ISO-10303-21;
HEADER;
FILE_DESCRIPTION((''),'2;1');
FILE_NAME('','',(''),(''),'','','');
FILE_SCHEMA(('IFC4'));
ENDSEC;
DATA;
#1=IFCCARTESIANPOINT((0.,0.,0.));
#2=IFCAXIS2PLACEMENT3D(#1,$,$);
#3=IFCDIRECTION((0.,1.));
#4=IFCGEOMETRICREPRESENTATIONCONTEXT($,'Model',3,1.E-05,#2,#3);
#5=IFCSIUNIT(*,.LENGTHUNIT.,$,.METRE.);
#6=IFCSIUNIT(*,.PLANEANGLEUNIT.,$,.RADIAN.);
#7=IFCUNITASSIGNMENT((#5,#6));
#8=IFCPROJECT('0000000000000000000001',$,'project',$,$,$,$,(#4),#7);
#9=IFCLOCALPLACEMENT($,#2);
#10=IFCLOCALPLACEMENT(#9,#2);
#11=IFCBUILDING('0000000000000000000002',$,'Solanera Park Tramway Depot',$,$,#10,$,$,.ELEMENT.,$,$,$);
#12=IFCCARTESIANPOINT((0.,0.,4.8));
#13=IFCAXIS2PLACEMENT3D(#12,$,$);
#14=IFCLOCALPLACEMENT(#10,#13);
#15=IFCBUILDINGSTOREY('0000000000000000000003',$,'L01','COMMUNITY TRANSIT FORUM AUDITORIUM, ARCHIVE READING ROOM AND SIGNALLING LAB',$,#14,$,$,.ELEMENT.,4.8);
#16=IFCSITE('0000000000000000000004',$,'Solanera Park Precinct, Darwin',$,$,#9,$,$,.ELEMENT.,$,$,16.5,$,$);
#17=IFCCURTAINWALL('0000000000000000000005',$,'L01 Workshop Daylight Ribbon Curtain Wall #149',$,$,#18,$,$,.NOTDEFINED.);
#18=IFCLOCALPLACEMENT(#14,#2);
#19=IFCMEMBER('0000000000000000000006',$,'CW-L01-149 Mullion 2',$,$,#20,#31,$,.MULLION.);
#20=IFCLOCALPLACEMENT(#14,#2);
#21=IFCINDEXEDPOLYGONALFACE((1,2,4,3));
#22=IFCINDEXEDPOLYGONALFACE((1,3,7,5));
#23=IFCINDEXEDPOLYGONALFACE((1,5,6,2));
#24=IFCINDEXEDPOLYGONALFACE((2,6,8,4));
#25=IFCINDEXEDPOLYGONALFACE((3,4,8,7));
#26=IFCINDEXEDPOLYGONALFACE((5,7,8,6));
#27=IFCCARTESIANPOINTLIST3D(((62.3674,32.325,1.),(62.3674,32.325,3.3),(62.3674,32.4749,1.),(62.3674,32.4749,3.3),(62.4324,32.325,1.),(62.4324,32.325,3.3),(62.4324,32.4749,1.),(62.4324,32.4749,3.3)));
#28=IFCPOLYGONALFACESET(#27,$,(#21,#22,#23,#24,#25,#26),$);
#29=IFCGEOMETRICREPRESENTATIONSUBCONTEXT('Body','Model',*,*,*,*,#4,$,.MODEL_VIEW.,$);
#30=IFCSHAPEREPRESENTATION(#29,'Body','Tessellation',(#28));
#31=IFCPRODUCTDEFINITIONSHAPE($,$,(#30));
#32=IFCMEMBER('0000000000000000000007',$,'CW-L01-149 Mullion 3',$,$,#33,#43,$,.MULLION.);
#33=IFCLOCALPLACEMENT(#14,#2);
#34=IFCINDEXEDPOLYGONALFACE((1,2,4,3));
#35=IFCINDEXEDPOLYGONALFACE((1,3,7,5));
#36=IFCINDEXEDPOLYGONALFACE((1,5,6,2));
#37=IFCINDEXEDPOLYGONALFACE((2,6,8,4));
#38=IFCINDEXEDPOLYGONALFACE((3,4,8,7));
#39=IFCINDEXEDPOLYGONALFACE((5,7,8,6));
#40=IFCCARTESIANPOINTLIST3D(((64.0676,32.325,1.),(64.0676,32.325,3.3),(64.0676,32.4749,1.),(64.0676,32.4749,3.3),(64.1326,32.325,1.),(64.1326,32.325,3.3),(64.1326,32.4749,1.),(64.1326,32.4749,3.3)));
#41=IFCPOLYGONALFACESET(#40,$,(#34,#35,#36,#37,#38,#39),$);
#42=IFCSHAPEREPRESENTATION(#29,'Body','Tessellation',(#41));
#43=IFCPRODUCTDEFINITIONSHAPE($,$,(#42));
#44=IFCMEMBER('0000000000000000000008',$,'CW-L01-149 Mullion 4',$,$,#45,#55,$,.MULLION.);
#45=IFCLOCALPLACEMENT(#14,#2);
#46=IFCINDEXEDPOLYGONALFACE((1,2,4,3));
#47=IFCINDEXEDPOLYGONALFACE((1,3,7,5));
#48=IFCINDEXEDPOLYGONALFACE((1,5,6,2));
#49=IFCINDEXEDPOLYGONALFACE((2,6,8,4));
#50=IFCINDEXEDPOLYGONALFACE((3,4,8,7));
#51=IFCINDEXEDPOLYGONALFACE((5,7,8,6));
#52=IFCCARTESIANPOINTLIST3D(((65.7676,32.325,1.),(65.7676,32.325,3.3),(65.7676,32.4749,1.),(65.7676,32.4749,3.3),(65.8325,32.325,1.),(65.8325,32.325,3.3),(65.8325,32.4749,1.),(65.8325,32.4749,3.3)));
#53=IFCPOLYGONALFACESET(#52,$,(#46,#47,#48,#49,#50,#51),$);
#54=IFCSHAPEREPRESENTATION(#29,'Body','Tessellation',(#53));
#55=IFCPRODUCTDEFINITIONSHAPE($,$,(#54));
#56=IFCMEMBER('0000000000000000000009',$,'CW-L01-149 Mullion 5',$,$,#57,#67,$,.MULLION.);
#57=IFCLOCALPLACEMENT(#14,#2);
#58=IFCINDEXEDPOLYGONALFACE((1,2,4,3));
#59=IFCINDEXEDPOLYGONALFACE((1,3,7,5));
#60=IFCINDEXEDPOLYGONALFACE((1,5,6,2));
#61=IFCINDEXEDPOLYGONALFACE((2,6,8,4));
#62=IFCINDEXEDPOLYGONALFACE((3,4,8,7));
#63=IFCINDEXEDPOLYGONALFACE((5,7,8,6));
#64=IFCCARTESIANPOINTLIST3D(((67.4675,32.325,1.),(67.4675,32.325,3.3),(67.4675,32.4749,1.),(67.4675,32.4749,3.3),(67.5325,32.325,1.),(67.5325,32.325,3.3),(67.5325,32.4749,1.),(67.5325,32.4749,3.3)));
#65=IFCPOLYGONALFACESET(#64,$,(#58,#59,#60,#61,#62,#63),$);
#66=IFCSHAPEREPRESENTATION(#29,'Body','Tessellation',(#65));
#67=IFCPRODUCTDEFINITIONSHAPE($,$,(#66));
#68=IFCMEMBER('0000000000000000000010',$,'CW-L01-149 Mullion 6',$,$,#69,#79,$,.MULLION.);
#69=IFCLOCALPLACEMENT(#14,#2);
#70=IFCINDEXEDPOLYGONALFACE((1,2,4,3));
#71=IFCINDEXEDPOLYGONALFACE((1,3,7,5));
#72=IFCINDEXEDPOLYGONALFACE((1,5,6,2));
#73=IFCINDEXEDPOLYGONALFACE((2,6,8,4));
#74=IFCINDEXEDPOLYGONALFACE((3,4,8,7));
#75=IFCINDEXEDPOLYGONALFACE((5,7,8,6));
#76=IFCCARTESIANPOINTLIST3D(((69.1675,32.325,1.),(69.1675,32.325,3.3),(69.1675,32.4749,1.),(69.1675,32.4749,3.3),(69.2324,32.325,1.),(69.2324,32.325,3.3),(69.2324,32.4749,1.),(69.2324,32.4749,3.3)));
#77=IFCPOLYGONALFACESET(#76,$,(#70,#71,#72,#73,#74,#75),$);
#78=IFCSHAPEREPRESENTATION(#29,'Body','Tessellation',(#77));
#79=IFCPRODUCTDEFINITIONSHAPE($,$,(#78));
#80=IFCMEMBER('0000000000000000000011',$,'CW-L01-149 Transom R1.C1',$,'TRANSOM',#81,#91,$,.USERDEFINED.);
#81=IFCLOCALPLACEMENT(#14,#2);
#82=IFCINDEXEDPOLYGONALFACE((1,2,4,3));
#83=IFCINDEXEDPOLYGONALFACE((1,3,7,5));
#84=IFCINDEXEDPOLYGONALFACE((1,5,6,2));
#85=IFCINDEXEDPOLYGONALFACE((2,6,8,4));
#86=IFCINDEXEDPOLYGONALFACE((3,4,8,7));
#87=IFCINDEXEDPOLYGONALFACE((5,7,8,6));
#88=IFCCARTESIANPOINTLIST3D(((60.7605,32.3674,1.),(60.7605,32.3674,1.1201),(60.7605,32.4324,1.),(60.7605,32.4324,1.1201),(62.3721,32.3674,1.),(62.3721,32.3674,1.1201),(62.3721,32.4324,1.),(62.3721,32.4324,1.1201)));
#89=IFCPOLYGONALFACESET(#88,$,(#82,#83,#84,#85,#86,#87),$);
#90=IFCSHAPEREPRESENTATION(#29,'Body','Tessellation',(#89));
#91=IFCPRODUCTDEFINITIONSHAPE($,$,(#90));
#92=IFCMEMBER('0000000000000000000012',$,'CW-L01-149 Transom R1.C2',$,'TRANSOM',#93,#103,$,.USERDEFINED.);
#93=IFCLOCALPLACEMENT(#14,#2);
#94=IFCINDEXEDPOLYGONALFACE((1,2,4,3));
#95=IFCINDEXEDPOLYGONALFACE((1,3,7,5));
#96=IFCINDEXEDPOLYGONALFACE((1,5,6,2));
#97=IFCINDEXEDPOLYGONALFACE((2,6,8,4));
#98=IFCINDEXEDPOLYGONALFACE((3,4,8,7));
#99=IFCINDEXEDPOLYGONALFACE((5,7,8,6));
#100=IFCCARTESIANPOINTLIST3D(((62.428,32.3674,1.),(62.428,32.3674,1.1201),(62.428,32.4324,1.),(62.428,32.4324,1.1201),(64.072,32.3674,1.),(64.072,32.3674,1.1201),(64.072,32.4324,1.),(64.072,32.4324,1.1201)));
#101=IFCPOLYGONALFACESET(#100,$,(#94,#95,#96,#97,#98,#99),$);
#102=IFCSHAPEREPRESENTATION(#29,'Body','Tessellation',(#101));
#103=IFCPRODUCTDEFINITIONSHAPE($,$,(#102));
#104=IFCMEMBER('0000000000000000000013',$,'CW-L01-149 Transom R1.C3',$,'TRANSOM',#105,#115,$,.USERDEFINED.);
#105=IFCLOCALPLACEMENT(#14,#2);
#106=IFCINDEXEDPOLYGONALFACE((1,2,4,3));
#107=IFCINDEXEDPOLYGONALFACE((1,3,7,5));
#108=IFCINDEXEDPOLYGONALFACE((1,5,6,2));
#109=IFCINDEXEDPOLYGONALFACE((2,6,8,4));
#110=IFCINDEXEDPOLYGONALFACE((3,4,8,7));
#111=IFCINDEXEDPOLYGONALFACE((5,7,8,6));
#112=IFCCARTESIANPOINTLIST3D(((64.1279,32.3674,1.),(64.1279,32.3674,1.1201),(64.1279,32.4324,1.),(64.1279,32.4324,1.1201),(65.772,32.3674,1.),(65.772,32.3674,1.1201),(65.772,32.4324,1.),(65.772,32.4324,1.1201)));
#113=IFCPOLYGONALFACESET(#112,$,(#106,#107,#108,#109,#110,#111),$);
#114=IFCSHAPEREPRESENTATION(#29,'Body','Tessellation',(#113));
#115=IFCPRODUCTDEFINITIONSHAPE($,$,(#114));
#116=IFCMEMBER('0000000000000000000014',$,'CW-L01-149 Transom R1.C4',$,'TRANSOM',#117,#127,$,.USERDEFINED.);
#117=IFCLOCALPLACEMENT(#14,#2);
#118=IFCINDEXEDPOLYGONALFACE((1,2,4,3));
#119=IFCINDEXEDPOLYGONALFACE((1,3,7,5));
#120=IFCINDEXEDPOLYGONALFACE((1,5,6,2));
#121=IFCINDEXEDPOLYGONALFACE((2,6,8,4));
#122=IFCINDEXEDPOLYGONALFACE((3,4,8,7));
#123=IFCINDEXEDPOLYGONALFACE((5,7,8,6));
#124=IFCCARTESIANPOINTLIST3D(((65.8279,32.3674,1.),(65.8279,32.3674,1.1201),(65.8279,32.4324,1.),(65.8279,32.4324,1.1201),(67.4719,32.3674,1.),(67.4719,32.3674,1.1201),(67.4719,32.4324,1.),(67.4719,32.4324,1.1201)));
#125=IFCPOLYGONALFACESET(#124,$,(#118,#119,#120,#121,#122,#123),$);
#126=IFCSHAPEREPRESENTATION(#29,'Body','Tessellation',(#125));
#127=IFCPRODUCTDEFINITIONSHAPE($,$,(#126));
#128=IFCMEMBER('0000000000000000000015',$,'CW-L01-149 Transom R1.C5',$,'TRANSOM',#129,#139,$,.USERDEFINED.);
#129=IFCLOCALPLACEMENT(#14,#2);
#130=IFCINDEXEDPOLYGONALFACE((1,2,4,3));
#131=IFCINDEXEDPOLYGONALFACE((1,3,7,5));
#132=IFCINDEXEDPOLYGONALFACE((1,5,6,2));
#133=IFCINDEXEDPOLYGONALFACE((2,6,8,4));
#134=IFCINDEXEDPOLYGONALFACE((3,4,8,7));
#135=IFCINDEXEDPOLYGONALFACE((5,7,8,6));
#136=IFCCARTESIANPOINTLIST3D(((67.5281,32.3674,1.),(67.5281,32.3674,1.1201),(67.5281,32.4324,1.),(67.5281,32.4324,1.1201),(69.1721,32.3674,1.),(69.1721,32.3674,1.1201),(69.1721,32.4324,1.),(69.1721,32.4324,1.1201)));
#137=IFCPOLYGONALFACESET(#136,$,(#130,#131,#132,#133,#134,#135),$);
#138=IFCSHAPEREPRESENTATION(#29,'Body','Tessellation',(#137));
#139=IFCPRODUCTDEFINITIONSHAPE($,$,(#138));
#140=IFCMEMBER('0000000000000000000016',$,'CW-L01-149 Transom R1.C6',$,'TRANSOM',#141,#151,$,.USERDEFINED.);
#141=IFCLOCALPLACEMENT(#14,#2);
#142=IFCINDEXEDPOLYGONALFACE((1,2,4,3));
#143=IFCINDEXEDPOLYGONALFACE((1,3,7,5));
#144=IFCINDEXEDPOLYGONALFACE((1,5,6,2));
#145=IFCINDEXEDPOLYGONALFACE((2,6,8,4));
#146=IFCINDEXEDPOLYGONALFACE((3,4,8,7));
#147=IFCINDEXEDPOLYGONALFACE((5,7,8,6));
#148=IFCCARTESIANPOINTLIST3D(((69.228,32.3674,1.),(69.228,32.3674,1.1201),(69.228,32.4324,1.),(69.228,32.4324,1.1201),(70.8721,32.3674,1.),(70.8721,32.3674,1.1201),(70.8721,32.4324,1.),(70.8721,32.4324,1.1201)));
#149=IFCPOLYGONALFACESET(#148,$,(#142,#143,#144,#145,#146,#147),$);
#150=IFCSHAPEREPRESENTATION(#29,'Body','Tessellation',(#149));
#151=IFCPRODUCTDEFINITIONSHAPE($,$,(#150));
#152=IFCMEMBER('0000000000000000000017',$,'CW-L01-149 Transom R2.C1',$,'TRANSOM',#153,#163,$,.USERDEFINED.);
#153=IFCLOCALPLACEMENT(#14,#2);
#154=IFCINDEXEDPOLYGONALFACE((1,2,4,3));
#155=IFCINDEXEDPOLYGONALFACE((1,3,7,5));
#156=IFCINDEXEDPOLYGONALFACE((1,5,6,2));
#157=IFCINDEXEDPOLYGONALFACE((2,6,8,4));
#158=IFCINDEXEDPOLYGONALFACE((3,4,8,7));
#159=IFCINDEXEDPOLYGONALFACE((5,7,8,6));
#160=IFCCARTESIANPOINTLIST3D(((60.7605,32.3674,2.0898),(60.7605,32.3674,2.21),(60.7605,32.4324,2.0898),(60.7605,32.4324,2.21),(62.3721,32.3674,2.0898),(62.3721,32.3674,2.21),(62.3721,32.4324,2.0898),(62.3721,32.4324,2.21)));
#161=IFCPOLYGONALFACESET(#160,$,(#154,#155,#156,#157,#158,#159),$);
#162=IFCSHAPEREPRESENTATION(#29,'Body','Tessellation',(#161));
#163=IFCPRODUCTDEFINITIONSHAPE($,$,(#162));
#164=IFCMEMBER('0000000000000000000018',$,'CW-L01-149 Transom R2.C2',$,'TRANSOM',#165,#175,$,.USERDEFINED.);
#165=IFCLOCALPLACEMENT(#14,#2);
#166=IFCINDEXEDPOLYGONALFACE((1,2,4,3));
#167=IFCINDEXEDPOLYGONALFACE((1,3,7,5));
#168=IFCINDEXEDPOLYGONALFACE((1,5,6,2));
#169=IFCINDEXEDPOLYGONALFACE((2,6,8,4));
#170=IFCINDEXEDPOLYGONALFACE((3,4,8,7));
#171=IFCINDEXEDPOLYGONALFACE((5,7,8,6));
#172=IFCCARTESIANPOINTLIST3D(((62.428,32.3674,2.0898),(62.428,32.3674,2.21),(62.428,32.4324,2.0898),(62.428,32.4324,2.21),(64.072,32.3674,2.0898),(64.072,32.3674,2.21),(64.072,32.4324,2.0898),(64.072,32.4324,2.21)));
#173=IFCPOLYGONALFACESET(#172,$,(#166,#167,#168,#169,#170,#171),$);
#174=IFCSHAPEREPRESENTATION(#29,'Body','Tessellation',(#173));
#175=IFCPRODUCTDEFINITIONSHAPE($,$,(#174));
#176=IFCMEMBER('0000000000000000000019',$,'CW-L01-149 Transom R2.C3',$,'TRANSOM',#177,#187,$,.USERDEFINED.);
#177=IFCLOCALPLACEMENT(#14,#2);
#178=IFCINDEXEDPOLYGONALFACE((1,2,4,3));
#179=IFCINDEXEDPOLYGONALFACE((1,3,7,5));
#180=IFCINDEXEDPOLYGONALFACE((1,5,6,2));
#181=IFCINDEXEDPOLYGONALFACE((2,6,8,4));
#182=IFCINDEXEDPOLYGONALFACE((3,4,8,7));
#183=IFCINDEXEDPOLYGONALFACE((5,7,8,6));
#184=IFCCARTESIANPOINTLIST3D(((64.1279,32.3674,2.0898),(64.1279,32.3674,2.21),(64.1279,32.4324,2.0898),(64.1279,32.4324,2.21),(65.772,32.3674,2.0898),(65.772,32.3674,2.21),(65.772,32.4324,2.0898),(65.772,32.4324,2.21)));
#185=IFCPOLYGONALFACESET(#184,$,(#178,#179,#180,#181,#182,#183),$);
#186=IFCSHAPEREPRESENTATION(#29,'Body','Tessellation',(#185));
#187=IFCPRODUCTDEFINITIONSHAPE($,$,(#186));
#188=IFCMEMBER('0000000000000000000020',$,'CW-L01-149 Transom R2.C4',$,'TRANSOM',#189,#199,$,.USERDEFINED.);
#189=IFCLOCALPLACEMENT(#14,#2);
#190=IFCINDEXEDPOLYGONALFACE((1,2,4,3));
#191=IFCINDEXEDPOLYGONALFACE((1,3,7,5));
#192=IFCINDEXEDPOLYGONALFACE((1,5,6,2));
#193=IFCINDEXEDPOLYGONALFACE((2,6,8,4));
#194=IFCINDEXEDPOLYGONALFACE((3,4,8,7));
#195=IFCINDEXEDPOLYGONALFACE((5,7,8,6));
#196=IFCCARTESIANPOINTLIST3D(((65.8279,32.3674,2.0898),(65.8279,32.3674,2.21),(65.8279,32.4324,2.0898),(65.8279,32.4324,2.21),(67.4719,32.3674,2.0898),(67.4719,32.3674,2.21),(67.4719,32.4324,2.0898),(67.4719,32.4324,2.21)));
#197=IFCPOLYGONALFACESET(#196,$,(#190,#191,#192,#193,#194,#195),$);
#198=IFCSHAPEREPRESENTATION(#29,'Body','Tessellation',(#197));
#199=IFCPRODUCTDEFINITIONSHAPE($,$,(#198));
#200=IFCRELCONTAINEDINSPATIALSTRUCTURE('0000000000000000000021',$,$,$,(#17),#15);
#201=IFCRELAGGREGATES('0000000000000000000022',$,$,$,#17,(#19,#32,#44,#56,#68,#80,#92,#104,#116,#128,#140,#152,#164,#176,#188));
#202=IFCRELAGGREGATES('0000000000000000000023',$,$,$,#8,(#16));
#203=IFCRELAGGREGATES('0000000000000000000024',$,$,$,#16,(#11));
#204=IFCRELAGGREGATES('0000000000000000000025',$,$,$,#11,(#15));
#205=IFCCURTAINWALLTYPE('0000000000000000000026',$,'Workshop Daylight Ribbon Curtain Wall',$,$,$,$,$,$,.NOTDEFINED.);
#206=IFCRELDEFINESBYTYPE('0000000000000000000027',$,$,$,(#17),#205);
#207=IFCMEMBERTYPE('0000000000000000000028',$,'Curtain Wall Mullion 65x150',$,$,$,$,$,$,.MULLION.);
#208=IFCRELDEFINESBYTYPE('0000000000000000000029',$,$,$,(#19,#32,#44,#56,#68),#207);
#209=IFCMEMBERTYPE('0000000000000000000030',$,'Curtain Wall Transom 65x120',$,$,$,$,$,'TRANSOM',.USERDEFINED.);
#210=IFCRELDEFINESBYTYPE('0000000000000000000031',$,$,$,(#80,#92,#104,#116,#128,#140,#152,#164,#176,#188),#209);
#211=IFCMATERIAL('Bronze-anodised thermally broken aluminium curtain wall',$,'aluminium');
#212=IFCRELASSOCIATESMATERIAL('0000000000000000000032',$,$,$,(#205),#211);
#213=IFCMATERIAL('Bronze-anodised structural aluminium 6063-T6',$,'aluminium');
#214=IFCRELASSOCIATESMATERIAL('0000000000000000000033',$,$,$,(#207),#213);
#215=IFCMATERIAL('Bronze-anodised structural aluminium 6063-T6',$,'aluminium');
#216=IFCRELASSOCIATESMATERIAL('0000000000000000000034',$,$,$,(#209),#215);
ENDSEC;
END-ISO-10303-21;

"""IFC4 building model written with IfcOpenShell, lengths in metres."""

from ifc_helpers import new_model, si_unit, direction, frame, origin, origin_2d, place, context, subcontext, project, spatial, rectangle, extrude, material, material_profile, profile_set, type_object, element, aggregate, save


model = new_model("IFC4")

# Units and contexts
model_context = context("Model", 3, precision=1e-05, world=origin(), true_north=direction((0.0, 1.0)))
body_context = subcontext(model_context, "Body", "Model", "MODEL_VIEW")
ifc_project = project(units=[si_unit("LENGTHUNIT", "METRE"), si_unit("PLANEANGLEUNIT", "RADIAN")], contexts=[model_context])

# Site, building, storey
site_placement = place(None, origin())
site = spatial("IfcSite", under=ifc_project, at=site_placement, Name="Solanera Park Precinct, Darwin", CompositionType="ELEMENT", RefElevation=16.5)
building_placement = place(site_placement, origin())
building = spatial("IfcBuilding", under=site, at=building_placement, Name="Solanera Park Tramway Depot", CompositionType="ELEMENT")
storey_placement = place(building_placement, frame((0.0, 0.0, 4.8)))
storey = spatial("IfcBuildingStorey", under=building, at=storey_placement, Name="L01", Description="COMMUNITY TRANSIT FORUM AUDITORIUM, ARCHIVE READING ROOM AND SIGNALLING LAB", CompositionType="ELEMENT", Elevation=4.8)

# Curtain wall, members
ifc_material_1 = material(Name="Bronze-anodised thermally broken aluminium curtain wall", Category="aluminium")
curtain_wall_type = type_object("IfcCurtainWallType", Name="Workshop Daylight Ribbon Curtain Wall", PredefinedType="NOTDEFINED", material=ifc_material_1)
curtain_wall_placement = place(storey_placement, origin())
curtain_wall = element("IfcCurtainWall", 1, at=curtain_wall_placement, inside=storey, type_object=curtain_wall_type, Name="L01 Workshop Daylight Ribbon Curtain Wall #149", PredefinedType="NOTDEFINED")
ifc_material_2 = material(Name="Bronze-anodised structural aluminium 6063-T6", Category="aluminium")
ifc_material_profile_1 = material_profile(ifc_material_2, rectangle(XDim=0.0649, YDim=0.1499, at=origin_2d()), Name="Curtain Wall Mullion 65x150")
ifc_profile_set_1 = profile_set([ifc_material_profile_1], Name="Bronze-anodised structural aluminium 6063-T6")
member_type_1 = type_object("IfcMemberType", Name="Curtain Wall Mullion 65x150", PredefinedType="MULLION", material=ifc_profile_set_1)
member_1_placement = place(storey_placement, frame((62.3999, 32.3999, 1.0), z_axis=(0.0, 0.0, 1.0), x_axis=(1.0, 0.0, 0.0)))
member_1 = element("IfcMember", 2, at=member_1_placement, type_object=member_type_1, Name="CW-L01-149 Mullion 2", PredefinedType="MULLION", context=body_context, shape_type="SweptSolid", body=[
    extrude(rectangle(XDim=0.0649, YDim=0.1499, at=origin_2d()), origin(), (0.0, 0.0, 1.0), 2.3),
])
member_2_placement = place(storey_placement, frame((64.1001, 32.3999, 1.0), z_axis=(0.0, 0.0, 1.0), x_axis=(1.0, 0.0, 0.0)))
member_2 = element("IfcMember", 3, at=member_2_placement, type_object=member_type_1, Name="CW-L01-149 Mullion 3", PredefinedType="MULLION", context=body_context, shape_type="SweptSolid", body=[
    extrude(rectangle(XDim=0.0649, YDim=0.1499, at=origin_2d()), origin(), (0.0, 0.0, 1.0), 2.3),
])
member_3_placement = place(storey_placement, frame((65.8, 32.3999, 1.0), z_axis=(0.0, 0.0, 1.0), x_axis=(1.0, 0.0, 0.0)))
member_3 = element("IfcMember", 4, at=member_3_placement, type_object=member_type_1, Name="CW-L01-149 Mullion 4", PredefinedType="MULLION", context=body_context, shape_type="SweptSolid", body=[
    extrude(rectangle(XDim=0.0649, YDim=0.1499, at=origin_2d()), origin(), (0.0, 0.0, 1.0), 2.3),
])
member_4_placement = place(storey_placement, frame((67.5, 32.3999, 1.0), z_axis=(0.0, 0.0, 1.0), x_axis=(1.0, 0.0, 0.0)))
member_4 = element("IfcMember", 5, at=member_4_placement, type_object=member_type_1, Name="CW-L01-149 Mullion 5", PredefinedType="MULLION", context=body_context, shape_type="SweptSolid", body=[
    extrude(rectangle(XDim=0.0649, YDim=0.1499, at=origin_2d()), origin(), (0.0, 0.0, 1.0), 2.3),
])
member_5_placement = place(storey_placement, frame((69.2, 32.3999, 1.0), z_axis=(0.0, 0.0, 1.0), x_axis=(1.0, 0.0, 0.0)))
member_5 = element("IfcMember", 6, at=member_5_placement, type_object=member_type_1, Name="CW-L01-149 Mullion 6", PredefinedType="MULLION", context=body_context, shape_type="SweptSolid", body=[
    extrude(rectangle(XDim=0.0649, YDim=0.1499, at=origin_2d()), origin(), (0.0, 0.0, 1.0), 2.3),
])
ifc_material_3 = material(Name="Bronze-anodised structural aluminium 6063-T6", Category="aluminium")
ifc_material_profile_2 = material_profile(ifc_material_3, rectangle(XDim=0.0649, YDim=0.1201, at=origin_2d()), Name="Curtain Wall Transom 65x120")
ifc_profile_set_2 = profile_set([ifc_material_profile_2], Name="Bronze-anodised structural aluminium 6063-T6")
member_type_2 = type_object("IfcMemberType", Name="Curtain Wall Transom 65x120", ElementType="TRANSOM", PredefinedType="USERDEFINED", material=ifc_profile_set_2)
member_6_placement = place(storey_placement, frame((60.7605, 32.3999, 1.0601), z_axis=(1.0, 0.0, 0.0), x_axis=(0.0, 1.0, 0.0)))
member_6 = element("IfcMember", 7, at=member_6_placement, type_object=member_type_2, Name="CW-L01-149 Transom R1.C1", ObjectType="TRANSOM", PredefinedType="USERDEFINED", context=body_context, shape_type="SweptSolid", body=[
    extrude(rectangle(XDim=0.0649, YDim=0.1201, at=origin_2d()), origin(), (0.0, 0.0, 1.0), 1.6116),
])
member_7_placement = place(storey_placement, frame((62.428, 32.3999, 1.0601), z_axis=(1.0, 0.0, 0.0), x_axis=(0.0, 1.0, 0.0)))
member_7 = element("IfcMember", 8, at=member_7_placement, type_object=member_type_2, Name="CW-L01-149 Transom R1.C2", ObjectType="TRANSOM", PredefinedType="USERDEFINED", context=body_context, shape_type="SweptSolid", body=[
    extrude(rectangle(XDim=0.0649, YDim=0.1201, at=origin_2d()), origin(), (0.0, 0.0, 1.0), 1.644),
])
member_8_placement = place(storey_placement, frame((64.1279, 32.3999, 1.0601), z_axis=(1.0, 0.0, 0.0), x_axis=(0.0, 1.0, 0.0)))
member_8 = element("IfcMember", 9, at=member_8_placement, type_object=member_type_2, Name="CW-L01-149 Transom R1.C3", ObjectType="TRANSOM", PredefinedType="USERDEFINED", context=body_context, shape_type="SweptSolid", body=[
    extrude(rectangle(XDim=0.0649, YDim=0.1201, at=origin_2d()), origin(), (0.0, 0.0, 1.0), 1.644),
])
member_9_placement = place(storey_placement, frame((65.8279, 32.3999, 1.0601), z_axis=(1.0, 0.0, 0.0), x_axis=(0.0, 1.0, 0.0)))
member_9 = element("IfcMember", 10, at=member_9_placement, type_object=member_type_2, Name="CW-L01-149 Transom R1.C4", ObjectType="TRANSOM", PredefinedType="USERDEFINED", context=body_context, shape_type="SweptSolid", body=[
    extrude(rectangle(XDim=0.0649, YDim=0.1201, at=origin_2d()), origin(), (0.0, 0.0, 1.0), 1.644),
])
member_10_placement = place(storey_placement, frame((67.5281, 32.3999, 1.0601), z_axis=(1.0, 0.0, 0.0), x_axis=(0.0, 1.0, 0.0)))
member_10 = element("IfcMember", 11, at=member_10_placement, type_object=member_type_2, Name="CW-L01-149 Transom R1.C5", ObjectType="TRANSOM", PredefinedType="USERDEFINED", context=body_context, shape_type="SweptSolid", body=[
    extrude(rectangle(XDim=0.0649, YDim=0.1201, at=origin_2d()), origin(), (0.0, 0.0, 1.0), 1.644),
])
member_11_placement = place(storey_placement, frame((69.228, 32.3999, 1.0601), z_axis=(1.0, 0.0, 0.0), x_axis=(0.0, 1.0, 0.0)))
member_11 = element("IfcMember", 12, at=member_11_placement, type_object=member_type_2, Name="CW-L01-149 Transom R1.C6", ObjectType="TRANSOM", PredefinedType="USERDEFINED", context=body_context, shape_type="SweptSolid", body=[
    extrude(rectangle(XDim=0.0649, YDim=0.1201, at=origin_2d()), origin(), (0.0, 0.0, 1.0), 1.644),
])
member_12_placement = place(storey_placement, frame((60.7605, 32.3999, 2.1499), z_axis=(1.0, 0.0, 0.0), x_axis=(0.0, 1.0, 0.0)))
member_12 = element("IfcMember", 13, at=member_12_placement, type_object=member_type_2, Name="CW-L01-149 Transom R2.C1", ObjectType="TRANSOM", PredefinedType="USERDEFINED", context=body_context, shape_type="SweptSolid", body=[
    extrude(rectangle(XDim=0.0649, YDim=0.1201, at=origin_2d()), origin(), (0.0, 0.0, 1.0), 1.6116),
])
member_13_placement = place(storey_placement, frame((62.428, 32.3999, 2.1499), z_axis=(1.0, 0.0, 0.0), x_axis=(0.0, 1.0, 0.0)))
member_13 = element("IfcMember", 14, at=member_13_placement, type_object=member_type_2, Name="CW-L01-149 Transom R2.C2", ObjectType="TRANSOM", PredefinedType="USERDEFINED", context=body_context, shape_type="SweptSolid", body=[
    extrude(rectangle(XDim=0.0649, YDim=0.1201, at=origin_2d()), origin(), (0.0, 0.0, 1.0), 1.644),
])
member_14_placement = place(storey_placement, frame((64.1279, 32.3999, 2.1499), z_axis=(1.0, 0.0, 0.0), x_axis=(0.0, 1.0, 0.0)))
member_14 = element("IfcMember", 15, at=member_14_placement, type_object=member_type_2, Name="CW-L01-149 Transom R2.C3", ObjectType="TRANSOM", PredefinedType="USERDEFINED", context=body_context, shape_type="SweptSolid", body=[
    extrude(rectangle(XDim=0.0649, YDim=0.1201, at=origin_2d()), origin(), (0.0, 0.0, 1.0), 1.644),
])
member_15_placement = place(storey_placement, frame((65.8279, 32.3999, 2.1499), z_axis=(1.0, 0.0, 0.0), x_axis=(0.0, 1.0, 0.0)))
member_15 = element("IfcMember", 16, at=member_15_placement, type_object=member_type_2, Name="CW-L01-149 Transom R2.C4", ObjectType="TRANSOM", PredefinedType="USERDEFINED", context=body_context, shape_type="SweptSolid", body=[
    extrude(rectangle(XDim=0.0649, YDim=0.1201, at=origin_2d()), origin(), (0.0, 0.0, 1.0), 1.644),
])
aggregate(curtain_wall, [member_1, member_2, member_3, member_4, member_5, member_6, member_7, member_8, member_9, member_10, member_11, member_12, member_13, member_14, member_15])

save(model, "model.ifc")
